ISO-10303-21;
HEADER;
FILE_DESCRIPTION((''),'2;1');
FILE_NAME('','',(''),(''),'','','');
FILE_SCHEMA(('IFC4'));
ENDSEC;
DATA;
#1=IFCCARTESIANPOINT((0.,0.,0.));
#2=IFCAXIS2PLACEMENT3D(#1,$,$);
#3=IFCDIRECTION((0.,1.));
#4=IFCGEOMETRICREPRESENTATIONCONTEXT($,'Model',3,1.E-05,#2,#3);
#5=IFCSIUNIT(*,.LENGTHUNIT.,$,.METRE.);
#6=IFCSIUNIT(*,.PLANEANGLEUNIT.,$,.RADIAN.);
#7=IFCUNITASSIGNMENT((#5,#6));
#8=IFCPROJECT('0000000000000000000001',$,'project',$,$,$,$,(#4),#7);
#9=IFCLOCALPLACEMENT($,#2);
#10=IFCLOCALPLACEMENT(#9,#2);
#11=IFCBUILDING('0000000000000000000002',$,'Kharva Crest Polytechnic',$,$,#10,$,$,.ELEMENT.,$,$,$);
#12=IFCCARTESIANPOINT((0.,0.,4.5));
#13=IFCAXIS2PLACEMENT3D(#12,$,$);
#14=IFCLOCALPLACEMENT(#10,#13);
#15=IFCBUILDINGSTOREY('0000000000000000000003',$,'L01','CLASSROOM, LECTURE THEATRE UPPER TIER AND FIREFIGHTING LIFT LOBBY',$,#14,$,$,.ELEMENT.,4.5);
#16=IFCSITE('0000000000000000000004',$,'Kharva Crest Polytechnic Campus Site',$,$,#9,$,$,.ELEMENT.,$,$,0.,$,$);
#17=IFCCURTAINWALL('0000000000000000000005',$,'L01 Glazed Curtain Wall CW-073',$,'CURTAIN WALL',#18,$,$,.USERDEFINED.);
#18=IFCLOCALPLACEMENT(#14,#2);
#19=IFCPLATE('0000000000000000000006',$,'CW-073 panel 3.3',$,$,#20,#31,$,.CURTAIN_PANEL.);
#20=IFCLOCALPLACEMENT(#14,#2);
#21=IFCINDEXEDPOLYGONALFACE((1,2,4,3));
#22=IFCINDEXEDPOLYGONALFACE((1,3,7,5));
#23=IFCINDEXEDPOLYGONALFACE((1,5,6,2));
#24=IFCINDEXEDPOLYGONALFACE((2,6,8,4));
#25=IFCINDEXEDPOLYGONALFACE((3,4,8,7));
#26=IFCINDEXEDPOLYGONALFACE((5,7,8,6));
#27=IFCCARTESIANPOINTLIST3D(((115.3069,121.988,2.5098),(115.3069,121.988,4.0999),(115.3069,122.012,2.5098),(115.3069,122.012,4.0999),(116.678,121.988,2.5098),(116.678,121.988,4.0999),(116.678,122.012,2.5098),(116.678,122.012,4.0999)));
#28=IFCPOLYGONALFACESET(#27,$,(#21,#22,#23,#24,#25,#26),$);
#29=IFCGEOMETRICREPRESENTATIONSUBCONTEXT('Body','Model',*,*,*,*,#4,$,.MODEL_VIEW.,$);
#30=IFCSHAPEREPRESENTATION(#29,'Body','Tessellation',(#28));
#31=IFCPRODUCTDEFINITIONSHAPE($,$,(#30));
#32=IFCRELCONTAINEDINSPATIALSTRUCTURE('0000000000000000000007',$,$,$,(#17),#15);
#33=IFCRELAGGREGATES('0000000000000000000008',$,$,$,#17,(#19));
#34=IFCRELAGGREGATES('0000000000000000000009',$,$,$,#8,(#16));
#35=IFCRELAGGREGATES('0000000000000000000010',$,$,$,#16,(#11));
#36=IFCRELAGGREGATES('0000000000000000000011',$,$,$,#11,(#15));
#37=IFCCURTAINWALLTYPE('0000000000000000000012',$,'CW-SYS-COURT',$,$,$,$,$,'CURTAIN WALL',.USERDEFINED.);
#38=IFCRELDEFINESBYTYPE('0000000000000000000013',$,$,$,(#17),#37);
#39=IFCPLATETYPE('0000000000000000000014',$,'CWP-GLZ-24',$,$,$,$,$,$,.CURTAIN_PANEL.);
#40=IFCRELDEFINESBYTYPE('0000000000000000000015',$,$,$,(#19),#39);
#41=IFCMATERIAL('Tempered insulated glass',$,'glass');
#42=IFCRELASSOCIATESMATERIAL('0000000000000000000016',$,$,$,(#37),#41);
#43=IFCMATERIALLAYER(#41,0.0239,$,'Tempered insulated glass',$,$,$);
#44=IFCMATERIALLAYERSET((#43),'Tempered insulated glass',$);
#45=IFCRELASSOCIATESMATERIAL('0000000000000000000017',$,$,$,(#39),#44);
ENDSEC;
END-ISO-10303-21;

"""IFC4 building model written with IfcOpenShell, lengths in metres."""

from ifc_helpers import new_model, si_unit, direction, frame, origin, origin_2d, place, context, subcontext, project, spatial, rectangle, extrude, material, layer, layer_set, type_object, element, aggregate, save


model = new_model("IFC4")

# Units and contexts
model_context = context("Model", 3, precision=1e-05, world=origin(), true_north=direction((0.0, 1.0)))
body_context = subcontext(model_context, "Body", "Model", "MODEL_VIEW")
ifc_project = project(units=[si_unit("LENGTHUNIT", "METRE"), si_unit("PLANEANGLEUNIT", "RADIAN")], contexts=[model_context])

# Site, building, storey
site_placement = place(None, origin())
site = spatial("IfcSite", under=ifc_project, at=site_placement, Name="Kharva Crest Polytechnic Campus Site", CompositionType="ELEMENT", RefElevation=0.0)
building_placement = place(site_placement, origin())
building = spatial("IfcBuilding", under=site, at=building_placement, Name="Kharva Crest Polytechnic", CompositionType="ELEMENT")
storey_placement = place(building_placement, frame((0.0, 0.0, 4.5)))
storey = spatial("IfcBuildingStorey", under=building, at=storey_placement, Name="L01", Description="CLASSROOM, LECTURE THEATRE UPPER TIER AND FIREFIGHTING LIFT LOBBY", CompositionType="ELEMENT", Elevation=4.5)

# Curtain wall
ifc_material_1 = material(Name="Tempered insulated glass", Category="glass")
curtain_wall_type = type_object("IfcCurtainWallType", Name="CW-SYS-COURT", ElementType="CURTAIN WALL", PredefinedType="USERDEFINED", material=ifc_material_1)
curtain_wall_placement = place(storey_placement, origin())
curtain_wall = element("IfcCurtainWall", 1, at=curtain_wall_placement, inside=storey, type_object=curtain_wall_type, Name="L01 Glazed Curtain Wall CW-073", ObjectType="CURTAIN WALL", PredefinedType="USERDEFINED")

# Plate
ifc_layer = layer(ifc_material_1, 0.0239, Name="Tempered insulated glass")
ifc_layer_set = layer_set([ifc_layer], Name="Tempered insulated glass")
plate_type = type_object("IfcPlateType", Name="CWP-GLZ-24", PredefinedType="CURTAIN_PANEL", material=ifc_layer_set)
plate_1_placement = place(storey_placement, frame((115.9924, 122.0, 2.5098), z_axis=(0.0, 0.0, 1.0), x_axis=(-1.0, 0.0, 0.0)))
plate_1 = element("IfcPlate", 2, at=plate_1_placement, type_object=plate_type, Name="CW-073 panel 3.3", PredefinedType="CURTAIN_PANEL", context=body_context, shape_type="SweptSolid", body=[
    extrude(rectangle(XDim=1.3711, YDim=0.0239, at=origin_2d()), origin(), (0.0, 0.0, 1.0), 1.5901),
])
aggregate(curtain_wall, [plate_1])

save(model, "model.ifc")
